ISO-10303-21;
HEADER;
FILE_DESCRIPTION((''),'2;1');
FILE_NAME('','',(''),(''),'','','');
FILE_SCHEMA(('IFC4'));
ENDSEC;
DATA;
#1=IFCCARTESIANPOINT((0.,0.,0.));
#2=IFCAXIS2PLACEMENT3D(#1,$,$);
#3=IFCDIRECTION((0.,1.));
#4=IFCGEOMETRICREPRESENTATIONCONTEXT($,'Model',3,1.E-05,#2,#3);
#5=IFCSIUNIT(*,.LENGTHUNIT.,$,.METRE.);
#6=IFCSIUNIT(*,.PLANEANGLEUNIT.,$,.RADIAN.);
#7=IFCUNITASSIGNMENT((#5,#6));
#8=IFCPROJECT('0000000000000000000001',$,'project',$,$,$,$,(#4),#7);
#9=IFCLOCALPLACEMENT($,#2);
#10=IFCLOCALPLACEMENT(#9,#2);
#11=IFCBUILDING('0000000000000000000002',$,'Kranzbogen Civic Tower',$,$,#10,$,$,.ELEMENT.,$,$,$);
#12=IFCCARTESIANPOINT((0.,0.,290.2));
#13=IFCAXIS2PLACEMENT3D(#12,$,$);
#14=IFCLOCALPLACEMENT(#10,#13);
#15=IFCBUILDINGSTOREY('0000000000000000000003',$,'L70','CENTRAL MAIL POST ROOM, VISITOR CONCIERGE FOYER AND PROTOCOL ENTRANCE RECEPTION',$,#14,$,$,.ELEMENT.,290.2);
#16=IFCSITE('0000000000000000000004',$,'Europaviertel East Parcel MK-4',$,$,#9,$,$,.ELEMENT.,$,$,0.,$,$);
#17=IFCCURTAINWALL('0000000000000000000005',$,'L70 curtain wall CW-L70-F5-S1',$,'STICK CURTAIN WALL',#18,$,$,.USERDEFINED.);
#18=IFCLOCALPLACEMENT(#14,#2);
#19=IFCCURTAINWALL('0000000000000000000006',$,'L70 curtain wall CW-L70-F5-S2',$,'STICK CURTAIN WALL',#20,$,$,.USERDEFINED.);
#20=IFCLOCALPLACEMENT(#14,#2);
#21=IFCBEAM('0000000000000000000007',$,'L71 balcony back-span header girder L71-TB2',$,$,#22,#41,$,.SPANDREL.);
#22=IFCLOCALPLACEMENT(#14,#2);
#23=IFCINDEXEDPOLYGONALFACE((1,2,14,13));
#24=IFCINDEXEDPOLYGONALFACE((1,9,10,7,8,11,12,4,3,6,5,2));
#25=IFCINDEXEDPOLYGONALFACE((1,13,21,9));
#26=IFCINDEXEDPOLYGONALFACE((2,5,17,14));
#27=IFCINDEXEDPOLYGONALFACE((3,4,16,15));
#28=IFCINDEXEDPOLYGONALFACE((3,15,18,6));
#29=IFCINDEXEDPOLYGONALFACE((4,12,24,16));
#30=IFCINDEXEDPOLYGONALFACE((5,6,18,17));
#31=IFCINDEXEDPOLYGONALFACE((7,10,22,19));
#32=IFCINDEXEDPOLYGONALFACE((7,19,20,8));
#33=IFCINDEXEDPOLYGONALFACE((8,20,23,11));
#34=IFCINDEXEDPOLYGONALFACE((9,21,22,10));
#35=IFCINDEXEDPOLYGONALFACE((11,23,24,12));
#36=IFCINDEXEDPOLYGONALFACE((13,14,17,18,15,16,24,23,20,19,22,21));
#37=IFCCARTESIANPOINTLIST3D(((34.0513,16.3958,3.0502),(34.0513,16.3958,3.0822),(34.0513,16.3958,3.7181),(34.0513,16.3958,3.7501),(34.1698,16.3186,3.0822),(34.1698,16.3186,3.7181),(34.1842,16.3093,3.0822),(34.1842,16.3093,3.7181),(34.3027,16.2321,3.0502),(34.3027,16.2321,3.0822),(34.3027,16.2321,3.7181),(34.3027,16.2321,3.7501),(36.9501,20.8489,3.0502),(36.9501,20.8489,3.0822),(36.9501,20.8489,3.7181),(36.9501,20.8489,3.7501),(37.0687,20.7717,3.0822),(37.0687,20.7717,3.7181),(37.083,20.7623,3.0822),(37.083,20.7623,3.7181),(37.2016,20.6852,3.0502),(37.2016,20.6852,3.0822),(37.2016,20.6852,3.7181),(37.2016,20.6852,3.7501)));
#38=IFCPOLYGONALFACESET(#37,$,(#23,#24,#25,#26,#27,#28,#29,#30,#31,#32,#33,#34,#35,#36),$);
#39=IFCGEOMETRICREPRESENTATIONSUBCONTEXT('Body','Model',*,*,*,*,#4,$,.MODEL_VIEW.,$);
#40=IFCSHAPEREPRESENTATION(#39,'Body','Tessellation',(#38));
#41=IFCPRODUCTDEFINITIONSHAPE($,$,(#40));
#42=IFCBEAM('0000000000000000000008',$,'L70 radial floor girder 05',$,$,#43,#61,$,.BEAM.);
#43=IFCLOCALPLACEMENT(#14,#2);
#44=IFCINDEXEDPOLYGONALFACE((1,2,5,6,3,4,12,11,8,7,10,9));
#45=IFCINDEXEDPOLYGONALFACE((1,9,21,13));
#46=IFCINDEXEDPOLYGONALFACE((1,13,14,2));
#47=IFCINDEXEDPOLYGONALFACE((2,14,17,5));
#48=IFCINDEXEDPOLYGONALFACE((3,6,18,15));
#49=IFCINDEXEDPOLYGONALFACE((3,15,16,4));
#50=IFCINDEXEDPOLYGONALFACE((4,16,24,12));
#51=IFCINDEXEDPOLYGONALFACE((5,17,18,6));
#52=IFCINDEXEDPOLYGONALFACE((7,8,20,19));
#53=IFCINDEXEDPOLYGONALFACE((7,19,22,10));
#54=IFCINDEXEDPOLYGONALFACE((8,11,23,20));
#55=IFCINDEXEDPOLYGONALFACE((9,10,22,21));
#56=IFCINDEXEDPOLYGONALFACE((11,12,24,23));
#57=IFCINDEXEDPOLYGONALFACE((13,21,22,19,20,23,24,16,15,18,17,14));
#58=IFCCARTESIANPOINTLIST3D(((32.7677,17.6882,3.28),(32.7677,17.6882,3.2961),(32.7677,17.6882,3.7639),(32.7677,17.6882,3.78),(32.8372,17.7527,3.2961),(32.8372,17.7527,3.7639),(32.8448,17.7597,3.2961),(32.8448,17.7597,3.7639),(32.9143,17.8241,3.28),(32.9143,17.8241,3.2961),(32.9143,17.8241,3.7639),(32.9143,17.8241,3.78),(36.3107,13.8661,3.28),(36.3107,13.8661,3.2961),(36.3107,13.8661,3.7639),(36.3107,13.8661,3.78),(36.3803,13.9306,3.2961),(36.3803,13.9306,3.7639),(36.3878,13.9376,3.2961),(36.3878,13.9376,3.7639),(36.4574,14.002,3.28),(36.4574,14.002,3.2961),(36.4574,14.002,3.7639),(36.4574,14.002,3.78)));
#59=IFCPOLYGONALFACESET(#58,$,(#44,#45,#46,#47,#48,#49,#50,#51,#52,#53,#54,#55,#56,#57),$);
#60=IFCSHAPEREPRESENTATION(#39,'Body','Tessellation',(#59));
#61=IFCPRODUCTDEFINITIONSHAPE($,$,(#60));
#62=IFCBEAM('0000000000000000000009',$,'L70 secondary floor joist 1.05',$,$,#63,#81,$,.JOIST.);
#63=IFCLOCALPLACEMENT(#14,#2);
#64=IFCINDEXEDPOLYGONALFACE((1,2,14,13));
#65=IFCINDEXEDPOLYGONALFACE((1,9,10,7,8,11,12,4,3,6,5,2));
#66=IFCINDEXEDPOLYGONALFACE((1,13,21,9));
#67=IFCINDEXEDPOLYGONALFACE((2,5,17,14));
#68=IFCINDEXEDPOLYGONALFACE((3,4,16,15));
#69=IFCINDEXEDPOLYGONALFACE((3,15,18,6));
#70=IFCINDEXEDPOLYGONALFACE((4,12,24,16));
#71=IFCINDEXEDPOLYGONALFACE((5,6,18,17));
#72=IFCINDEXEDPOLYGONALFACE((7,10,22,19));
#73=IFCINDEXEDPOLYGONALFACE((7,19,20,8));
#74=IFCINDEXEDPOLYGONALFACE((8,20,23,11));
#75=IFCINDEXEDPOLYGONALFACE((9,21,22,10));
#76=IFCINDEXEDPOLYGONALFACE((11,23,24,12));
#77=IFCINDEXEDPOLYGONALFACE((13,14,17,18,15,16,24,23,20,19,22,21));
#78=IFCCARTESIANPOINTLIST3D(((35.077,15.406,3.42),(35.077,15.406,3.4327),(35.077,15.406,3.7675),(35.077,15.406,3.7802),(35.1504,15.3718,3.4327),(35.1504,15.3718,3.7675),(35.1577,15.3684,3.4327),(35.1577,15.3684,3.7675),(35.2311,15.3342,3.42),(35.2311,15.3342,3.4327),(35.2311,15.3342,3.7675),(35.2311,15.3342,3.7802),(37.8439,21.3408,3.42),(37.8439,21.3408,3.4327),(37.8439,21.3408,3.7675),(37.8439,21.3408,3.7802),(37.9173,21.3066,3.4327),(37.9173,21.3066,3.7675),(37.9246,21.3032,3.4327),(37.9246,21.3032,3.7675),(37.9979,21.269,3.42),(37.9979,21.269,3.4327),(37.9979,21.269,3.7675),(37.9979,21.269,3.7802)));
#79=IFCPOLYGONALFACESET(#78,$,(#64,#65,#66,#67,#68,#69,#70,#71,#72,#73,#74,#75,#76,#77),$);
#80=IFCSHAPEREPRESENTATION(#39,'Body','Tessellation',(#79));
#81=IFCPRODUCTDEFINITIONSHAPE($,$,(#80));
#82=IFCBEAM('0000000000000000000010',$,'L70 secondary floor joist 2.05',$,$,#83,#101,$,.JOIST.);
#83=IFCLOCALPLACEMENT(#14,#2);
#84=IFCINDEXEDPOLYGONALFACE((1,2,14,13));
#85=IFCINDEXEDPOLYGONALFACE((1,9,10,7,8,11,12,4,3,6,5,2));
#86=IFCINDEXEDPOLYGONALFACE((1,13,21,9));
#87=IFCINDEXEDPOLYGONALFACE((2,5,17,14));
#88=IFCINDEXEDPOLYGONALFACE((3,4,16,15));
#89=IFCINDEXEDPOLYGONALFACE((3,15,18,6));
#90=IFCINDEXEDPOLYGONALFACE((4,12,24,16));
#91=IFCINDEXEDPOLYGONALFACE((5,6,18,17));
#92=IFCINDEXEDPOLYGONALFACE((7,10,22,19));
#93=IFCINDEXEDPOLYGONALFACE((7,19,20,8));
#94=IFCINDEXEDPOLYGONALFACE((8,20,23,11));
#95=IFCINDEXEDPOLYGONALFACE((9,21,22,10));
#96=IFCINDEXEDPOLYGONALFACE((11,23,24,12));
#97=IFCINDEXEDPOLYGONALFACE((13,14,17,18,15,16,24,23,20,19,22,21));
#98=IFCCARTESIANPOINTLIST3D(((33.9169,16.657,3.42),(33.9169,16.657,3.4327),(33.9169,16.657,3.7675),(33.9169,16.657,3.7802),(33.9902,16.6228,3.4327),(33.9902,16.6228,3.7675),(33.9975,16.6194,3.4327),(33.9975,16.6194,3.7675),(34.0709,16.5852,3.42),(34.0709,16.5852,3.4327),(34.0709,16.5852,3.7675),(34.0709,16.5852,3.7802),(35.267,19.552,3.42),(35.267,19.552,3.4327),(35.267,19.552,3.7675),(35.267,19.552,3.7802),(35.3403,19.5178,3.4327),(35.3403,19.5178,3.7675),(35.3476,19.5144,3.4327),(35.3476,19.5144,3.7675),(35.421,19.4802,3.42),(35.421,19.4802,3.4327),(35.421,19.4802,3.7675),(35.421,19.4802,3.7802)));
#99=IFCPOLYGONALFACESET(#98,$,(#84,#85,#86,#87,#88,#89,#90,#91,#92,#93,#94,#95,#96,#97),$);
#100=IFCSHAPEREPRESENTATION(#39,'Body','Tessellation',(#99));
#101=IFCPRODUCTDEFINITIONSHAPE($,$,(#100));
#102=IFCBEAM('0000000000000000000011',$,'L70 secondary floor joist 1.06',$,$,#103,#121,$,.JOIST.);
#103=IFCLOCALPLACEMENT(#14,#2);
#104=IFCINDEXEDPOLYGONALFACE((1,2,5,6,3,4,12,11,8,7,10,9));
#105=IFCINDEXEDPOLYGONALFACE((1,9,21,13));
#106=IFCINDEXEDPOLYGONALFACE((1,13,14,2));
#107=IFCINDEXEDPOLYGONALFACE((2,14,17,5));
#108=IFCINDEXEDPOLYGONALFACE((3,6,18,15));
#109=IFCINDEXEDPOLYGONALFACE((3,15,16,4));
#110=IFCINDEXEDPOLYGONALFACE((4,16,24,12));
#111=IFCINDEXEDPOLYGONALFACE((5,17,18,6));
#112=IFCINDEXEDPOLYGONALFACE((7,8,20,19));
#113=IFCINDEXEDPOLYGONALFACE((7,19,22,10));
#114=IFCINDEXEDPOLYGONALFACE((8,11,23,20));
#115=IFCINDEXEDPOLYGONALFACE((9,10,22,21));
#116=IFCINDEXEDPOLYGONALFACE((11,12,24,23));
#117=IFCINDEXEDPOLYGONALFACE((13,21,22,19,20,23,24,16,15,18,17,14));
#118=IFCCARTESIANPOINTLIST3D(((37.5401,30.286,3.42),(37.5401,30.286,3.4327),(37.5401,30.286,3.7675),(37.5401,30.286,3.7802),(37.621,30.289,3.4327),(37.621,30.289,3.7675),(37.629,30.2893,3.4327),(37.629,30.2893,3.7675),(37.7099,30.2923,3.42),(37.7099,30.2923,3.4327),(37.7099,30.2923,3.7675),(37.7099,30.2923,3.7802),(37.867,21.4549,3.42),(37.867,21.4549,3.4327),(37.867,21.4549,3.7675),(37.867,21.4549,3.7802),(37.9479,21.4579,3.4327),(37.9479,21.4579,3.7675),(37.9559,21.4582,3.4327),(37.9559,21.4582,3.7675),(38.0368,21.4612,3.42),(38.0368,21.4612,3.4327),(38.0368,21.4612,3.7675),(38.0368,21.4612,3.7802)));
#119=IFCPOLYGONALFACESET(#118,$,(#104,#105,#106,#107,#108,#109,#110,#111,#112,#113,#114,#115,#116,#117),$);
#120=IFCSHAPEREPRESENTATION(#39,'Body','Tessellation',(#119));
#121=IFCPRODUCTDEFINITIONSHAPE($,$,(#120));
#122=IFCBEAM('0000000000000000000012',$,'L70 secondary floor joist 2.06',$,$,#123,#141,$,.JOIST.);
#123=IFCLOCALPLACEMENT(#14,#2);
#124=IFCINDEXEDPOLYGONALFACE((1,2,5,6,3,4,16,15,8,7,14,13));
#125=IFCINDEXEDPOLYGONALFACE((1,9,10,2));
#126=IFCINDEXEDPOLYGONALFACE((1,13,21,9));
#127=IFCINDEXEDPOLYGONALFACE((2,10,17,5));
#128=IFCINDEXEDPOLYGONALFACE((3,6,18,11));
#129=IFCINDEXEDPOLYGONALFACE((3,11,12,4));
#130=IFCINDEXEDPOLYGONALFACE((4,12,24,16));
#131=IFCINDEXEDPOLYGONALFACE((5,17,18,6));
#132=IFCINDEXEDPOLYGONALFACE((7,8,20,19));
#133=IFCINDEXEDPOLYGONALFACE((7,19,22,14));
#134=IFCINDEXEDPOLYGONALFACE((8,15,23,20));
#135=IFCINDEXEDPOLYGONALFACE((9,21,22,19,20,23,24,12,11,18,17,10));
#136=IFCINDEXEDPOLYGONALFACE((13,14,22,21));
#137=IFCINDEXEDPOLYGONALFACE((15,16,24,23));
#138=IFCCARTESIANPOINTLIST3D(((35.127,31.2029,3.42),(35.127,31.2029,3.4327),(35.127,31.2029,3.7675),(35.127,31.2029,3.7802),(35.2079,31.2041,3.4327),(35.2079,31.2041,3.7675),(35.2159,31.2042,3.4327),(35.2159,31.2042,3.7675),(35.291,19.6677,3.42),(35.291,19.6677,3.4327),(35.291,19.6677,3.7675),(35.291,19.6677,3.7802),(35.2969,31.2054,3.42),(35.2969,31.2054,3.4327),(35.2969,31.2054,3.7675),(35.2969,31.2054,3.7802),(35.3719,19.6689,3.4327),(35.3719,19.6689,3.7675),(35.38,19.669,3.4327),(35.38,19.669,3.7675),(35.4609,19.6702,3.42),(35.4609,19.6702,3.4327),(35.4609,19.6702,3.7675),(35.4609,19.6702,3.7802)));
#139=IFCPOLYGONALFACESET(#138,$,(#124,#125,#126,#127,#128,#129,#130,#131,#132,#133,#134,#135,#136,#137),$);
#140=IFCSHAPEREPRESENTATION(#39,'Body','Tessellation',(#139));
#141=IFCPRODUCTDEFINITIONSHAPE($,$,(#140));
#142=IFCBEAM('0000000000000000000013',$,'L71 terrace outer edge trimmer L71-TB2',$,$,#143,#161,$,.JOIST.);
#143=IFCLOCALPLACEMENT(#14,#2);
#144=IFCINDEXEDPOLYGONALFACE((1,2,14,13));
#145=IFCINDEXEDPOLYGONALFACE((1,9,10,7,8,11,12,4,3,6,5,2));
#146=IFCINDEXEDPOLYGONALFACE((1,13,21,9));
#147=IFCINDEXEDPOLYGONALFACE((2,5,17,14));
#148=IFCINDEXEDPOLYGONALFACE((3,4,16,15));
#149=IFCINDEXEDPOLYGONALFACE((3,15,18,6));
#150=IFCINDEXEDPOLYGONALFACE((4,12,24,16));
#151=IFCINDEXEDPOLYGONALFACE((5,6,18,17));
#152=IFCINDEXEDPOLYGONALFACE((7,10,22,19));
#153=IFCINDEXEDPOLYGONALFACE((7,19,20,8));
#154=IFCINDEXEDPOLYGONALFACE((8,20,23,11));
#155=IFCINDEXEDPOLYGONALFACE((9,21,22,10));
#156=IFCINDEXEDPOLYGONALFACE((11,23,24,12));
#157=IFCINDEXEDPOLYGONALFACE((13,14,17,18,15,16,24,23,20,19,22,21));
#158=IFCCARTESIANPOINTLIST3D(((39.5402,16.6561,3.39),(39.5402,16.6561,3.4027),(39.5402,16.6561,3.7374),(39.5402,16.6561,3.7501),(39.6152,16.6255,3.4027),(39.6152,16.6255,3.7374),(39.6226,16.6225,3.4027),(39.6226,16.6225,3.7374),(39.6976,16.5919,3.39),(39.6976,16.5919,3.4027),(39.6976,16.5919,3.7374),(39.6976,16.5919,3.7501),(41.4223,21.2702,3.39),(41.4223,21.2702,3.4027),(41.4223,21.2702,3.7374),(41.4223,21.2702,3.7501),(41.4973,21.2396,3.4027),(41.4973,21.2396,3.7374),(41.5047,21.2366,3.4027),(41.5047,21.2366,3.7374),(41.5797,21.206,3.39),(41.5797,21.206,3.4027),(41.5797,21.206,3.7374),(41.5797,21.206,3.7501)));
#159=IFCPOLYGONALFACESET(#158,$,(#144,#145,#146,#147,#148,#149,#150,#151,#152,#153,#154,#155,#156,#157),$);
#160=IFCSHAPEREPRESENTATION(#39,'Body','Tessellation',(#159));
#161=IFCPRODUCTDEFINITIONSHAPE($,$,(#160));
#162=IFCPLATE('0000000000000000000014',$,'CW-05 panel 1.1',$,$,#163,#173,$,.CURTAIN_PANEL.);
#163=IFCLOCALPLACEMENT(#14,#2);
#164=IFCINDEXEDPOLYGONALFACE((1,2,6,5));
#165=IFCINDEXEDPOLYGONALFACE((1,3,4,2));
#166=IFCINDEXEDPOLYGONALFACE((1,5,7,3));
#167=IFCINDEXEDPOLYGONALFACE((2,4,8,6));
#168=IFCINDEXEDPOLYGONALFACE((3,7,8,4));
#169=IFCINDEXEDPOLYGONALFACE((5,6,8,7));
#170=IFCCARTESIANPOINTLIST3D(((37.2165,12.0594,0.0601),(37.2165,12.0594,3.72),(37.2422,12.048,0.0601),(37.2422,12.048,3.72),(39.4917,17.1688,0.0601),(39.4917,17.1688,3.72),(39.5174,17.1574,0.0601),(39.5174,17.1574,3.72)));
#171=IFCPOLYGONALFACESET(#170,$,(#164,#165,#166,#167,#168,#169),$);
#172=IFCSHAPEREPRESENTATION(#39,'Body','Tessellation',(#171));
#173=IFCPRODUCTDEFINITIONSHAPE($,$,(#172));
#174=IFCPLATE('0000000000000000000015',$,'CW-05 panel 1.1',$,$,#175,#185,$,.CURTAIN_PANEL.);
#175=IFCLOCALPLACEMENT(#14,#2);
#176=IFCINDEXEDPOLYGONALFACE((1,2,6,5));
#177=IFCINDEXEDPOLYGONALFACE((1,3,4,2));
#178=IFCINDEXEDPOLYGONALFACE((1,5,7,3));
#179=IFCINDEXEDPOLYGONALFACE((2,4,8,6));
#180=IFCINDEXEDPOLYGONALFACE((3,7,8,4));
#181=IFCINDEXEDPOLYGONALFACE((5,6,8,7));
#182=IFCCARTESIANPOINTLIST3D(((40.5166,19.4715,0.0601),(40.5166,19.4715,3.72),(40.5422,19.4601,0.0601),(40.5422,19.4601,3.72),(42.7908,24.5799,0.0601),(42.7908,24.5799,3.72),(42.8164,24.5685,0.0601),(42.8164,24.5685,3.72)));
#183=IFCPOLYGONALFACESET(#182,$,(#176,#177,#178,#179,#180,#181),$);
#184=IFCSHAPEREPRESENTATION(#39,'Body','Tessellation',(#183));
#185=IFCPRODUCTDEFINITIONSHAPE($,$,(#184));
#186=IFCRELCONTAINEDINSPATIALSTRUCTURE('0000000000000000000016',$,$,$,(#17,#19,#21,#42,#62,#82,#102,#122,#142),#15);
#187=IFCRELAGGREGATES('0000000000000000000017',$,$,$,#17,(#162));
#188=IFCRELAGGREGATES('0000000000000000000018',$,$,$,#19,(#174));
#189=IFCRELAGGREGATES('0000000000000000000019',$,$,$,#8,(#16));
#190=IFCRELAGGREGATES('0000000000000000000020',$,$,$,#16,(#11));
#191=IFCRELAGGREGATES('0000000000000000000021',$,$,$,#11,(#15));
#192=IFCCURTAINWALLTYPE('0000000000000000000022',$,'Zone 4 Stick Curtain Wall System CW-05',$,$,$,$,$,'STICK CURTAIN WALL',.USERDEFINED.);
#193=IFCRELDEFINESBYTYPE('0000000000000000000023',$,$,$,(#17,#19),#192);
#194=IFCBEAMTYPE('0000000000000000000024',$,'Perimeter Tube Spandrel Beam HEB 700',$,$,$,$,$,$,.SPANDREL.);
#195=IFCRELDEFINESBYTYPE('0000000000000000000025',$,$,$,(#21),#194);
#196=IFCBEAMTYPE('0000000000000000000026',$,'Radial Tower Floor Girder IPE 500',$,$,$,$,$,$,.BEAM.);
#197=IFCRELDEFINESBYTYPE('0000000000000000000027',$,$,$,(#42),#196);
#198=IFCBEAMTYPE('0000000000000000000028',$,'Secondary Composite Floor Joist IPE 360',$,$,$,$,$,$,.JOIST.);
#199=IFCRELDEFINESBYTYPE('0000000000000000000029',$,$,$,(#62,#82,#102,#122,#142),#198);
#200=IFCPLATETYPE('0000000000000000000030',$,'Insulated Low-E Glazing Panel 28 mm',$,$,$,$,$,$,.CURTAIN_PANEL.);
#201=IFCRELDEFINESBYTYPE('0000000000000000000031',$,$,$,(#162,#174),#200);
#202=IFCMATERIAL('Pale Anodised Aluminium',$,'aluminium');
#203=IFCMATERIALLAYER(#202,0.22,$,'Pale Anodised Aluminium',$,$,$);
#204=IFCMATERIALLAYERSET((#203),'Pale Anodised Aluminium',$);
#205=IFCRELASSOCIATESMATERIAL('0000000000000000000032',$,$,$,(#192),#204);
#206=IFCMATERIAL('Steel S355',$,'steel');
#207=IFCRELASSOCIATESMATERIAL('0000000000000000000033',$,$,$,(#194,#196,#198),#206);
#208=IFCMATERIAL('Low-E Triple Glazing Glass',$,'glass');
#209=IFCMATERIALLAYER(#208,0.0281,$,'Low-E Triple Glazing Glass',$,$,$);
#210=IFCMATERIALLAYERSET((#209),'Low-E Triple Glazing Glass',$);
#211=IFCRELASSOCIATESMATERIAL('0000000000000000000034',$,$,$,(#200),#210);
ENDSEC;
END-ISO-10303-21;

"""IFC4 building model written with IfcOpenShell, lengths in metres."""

from ifc_helpers import new_model, si_unit, direction, frame, origin, origin_2d, place, context, subcontext, project, spatial, rectangle, i_section, extrude, material, layer, layer_set, material_profile, profile_set, type_object, element, aggregate, save


model = new_model("IFC4")

# Units and contexts
model_context = context("Model", 3, precision=1e-05, world=origin(), true_north=direction((0.0, 1.0)))
body_context = subcontext(model_context, "Body", "Model", "MODEL_VIEW")
ifc_project = project(units=[si_unit("LENGTHUNIT", "METRE"), si_unit("PLANEANGLEUNIT", "RADIAN")], contexts=[model_context])

# Site, building, storey
site_placement = place(None, origin())
site = spatial("IfcSite", under=ifc_project, at=site_placement, Name="Europaviertel East Parcel MK-4", CompositionType="ELEMENT", RefElevation=0.0)
building_placement = place(site_placement, origin())
building = spatial("IfcBuilding", under=site, at=building_placement, Name="Kranzbogen Civic Tower", CompositionType="ELEMENT")
storey_placement = place(building_placement, frame((0.0, 0.0, 290.2)))
storey = spatial("IfcBuildingStorey", under=building, at=storey_placement, Name="L70", Description="CENTRAL MAIL POST ROOM, VISITOR CONCIERGE FOYER AND PROTOCOL ENTRANCE RECEPTION", CompositionType="ELEMENT", Elevation=290.2)

# Shared definitions
ifc_material_1 = material(Name="Steel S355", Category="steel")

# Curtain wall
ifc_material_2 = material(Name="Pale Anodised Aluminium", Category="aluminium")
ifc_layer_1 = layer(ifc_material_2, 0.22, Name="Pale Anodised Aluminium")
ifc_layer_set_1 = layer_set([ifc_layer_1], Name="Pale Anodised Aluminium")
curtain_wall_type = type_object("IfcCurtainWallType", Name="Zone 4 Stick Curtain Wall System CW-05", ElementType="STICK CURTAIN WALL", PredefinedType="USERDEFINED", material=ifc_layer_set_1)
curtain_wall_1_placement = place(storey_placement, origin())
curtain_wall_1 = element("IfcCurtainWall", 1, at=curtain_wall_1_placement, inside=storey, type_object=curtain_wall_type, Name="L70 curtain wall CW-L70-F5-S1", ObjectType="STICK CURTAIN WALL", PredefinedType="USERDEFINED")

# Curtain wall
curtain_wall_2_placement = place(storey_placement, origin())
curtain_wall_2 = element("IfcCurtainWall", 2, at=curtain_wall_2_placement, inside=storey, type_object=curtain_wall_type, Name="L70 curtain wall CW-L70-F5-S2", ObjectType="STICK CURTAIN WALL", PredefinedType="USERDEFINED")

# Beams
ifc_material_profile_1 = material_profile(ifc_material_1, i_section(OverallWidth=0.3, OverallDepth=0.7, WebThickness=0.0171, FlangeThickness=0.032, at=origin_2d()), Name="HEB 700")
ifc_profile_set_1 = profile_set([ifc_material_profile_1], Name="Steel S355")
beam_type_1 = type_object("IfcBeamType", Name="Perimeter Tube Spandrel Beam HEB 700", PredefinedType="SPANDREL", material=ifc_profile_set_1)
beam_1_placement = place(storey_placement, frame((34.177, 16.314, 3.4001), z_axis=(0.54557, 0.838066, 0.0), x_axis=(-0.838066, 0.54557, 0.0)))
element("IfcBeam", 3, at=beam_1_placement, inside=storey, type_object=beam_type_1, Name="L71 balcony back-span header girder L71-TB2", PredefinedType="SPANDREL", context=body_context, shape_type="SweptSolid", body=[
    extrude(i_section(OverallWidth=0.3, OverallDepth=0.7, WebThickness=0.0171, FlangeThickness=0.032, at=origin_2d()), origin(), (0.0, 0.0, 1.0), 5.3135),
])
ifc_material_profile_2 = material_profile(ifc_material_1, i_section(OverallWidth=0.2, OverallDepth=0.5, WebThickness=0.0103, FlangeThickness=0.0161, at=origin_2d()), Name="IPE 500")
ifc_profile_set_2 = profile_set([ifc_material_profile_2], Name="Steel S355")
beam_type_2 = type_object("IfcBeamType", Name="Radial Tower Floor Girder IPE 500", PredefinedType="BEAM", material=ifc_profile_set_2)
beam_2_placement = place(storey_placement, frame((36.384, 13.9341, 3.53), z_axis=(-0.679827, 0.733372, 0.0), x_axis=(-0.733372, -0.679827, 0.0)))
element("IfcBeam", 4, at=beam_2_placement, inside=storey, type_object=beam_type_2, Name="L70 radial floor girder 05", PredefinedType="BEAM", context=body_context, shape_type="SweptSolid", body=[
    extrude(i_section(OverallWidth=0.2, OverallDepth=0.5, WebThickness=0.0103, FlangeThickness=0.0161, at=origin_2d()), origin(), (0.0, 0.0, 1.0), 5.2117),
])
ifc_material_profile_3 = material_profile(ifc_material_1, i_section(OverallWidth=0.1699, OverallDepth=0.3601, WebThickness=0.0081, FlangeThickness=0.0127, at=origin_2d()), Name="IPE 360")
ifc_profile_set_3 = profile_set([ifc_material_profile_3], Name="Steel S355")
beam_type_3 = type_object("IfcBeamType", Name="Secondary Composite Floor Joist IPE 360", PredefinedType="JOIST", material=ifc_profile_set_3)
beam_3_placement = place(storey_placement, frame((35.1541, 15.3701, 3.6001), z_axis=(0.422543, 0.906343, 0.0), x_axis=(-0.906343, 0.422543, 0.0)))
element("IfcBeam", 5, at=beam_3_placement, inside=storey, type_object=beam_type_3, Name="L70 secondary floor joist 1.05", PredefinedType="JOIST", context=body_context, shape_type="SweptSolid", body=[
    extrude(i_section(OverallWidth=0.1699, OverallDepth=0.3601, WebThickness=0.0081, FlangeThickness=0.0127, at=origin_2d()), origin(), (0.0, 0.0, 1.0), 6.5481),
])
beam_4_placement = place(storey_placement, frame((33.9939, 16.6211, 3.6001), z_axis=(0.422651, 0.906292, 0.0), x_axis=(-0.906292, 0.422651, 0.0)))
element("IfcBeam", 6, at=beam_4_placement, inside=storey, type_object=beam_type_3, Name="L70 secondary floor joist 2.05", PredefinedType="JOIST", context=body_context, shape_type="SweptSolid", body=[
    extrude(i_section(OverallWidth=0.1699, OverallDepth=0.3601, WebThickness=0.0081, FlangeThickness=0.0127, at=origin_2d()), origin(), (0.0, 0.0, 1.0), 3.1943),
])
beam_5_placement = place(storey_placement, frame((37.9519, 21.458, 3.6001), z_axis=(-0.036992, 0.999316, 0.0), x_axis=(-0.999316, -0.036992, 0.0)))
element("IfcBeam", 7, at=beam_5_placement, inside=storey, type_object=beam_type_3, Name="L70 secondary floor joist 1.06", PredefinedType="JOIST", context=body_context, shape_type="SweptSolid", body=[
    extrude(i_section(OverallWidth=0.1699, OverallDepth=0.3601, WebThickness=0.0081, FlangeThickness=0.0127, at=origin_2d()), origin(), (0.0, 0.0, 1.0), 8.8372),
])
beam_6_placement = place(storey_placement, frame((35.376, 19.6689, 3.6001), z_axis=(-0.014221, 0.999899, 0.0), x_axis=(-0.999899, -0.014221, 0.0)))
element("IfcBeam", 8, at=beam_6_placement, inside=storey, type_object=beam_type_3, Name="L70 secondary floor joist 2.06", PredefinedType="JOIST", context=body_context, shape_type="SweptSolid", body=[
    extrude(i_section(OverallWidth=0.1699, OverallDepth=0.3601, WebThickness=0.0081, FlangeThickness=0.0127, at=origin_2d()), origin(), (0.0, 0.0, 1.0), 11.5364),
])
beam_7_placement = place(storey_placement, frame((39.6189, 16.624, 3.5701), z_axis=(0.377692, 0.925931, 0.0), x_axis=(-0.925931, 0.377692, 0.0)))
element("IfcBeam", 9, at=beam_7_placement, inside=storey, type_object=beam_type_3, Name="L71 terrace outer edge trimmer L71-TB2", PredefinedType="JOIST", context=body_context, shape_type="SweptSolid", body=[
    extrude(i_section(OverallWidth=0.1699, OverallDepth=0.3601, WebThickness=0.0081, FlangeThickness=0.0127, at=origin_2d()), origin(), (0.0, 0.0, 1.0), 4.9832),
])

# Plates
ifc_material_3 = material(Name="Low-E Triple Glazing Glass", Category="glass")
ifc_layer_2 = layer(ifc_material_3, 0.0281, Name="Low-E Triple Glazing Glass")
ifc_layer_set_2 = layer_set([ifc_layer_2], Name="Low-E Triple Glazing Glass")
plate_type = type_object("IfcPlateType", Name="Insulated Low-E Glazing Panel 28 mm", PredefinedType="CURTAIN_PANEL", material=ifc_layer_set_2)
plate_1_placement = place(storey_placement, frame((38.3669, 14.6084, 0.0601), z_axis=(0.0, 0.0, 1.0), x_axis=(0.406788, 0.913523, 0.0)))
plate_1 = element("IfcPlate", 10, at=plate_1_placement, type_object=plate_type, Name="CW-05 panel 1.1", PredefinedType="CURTAIN_PANEL", context=body_context, shape_type="SweptSolid", body=[
    extrude(rectangle(XDim=5.593, YDim=0.0281, at=origin_2d()), origin(), (0.0, 0.0, 1.0), 3.6599),
])
aggregate(curtain_wall_1, [plate_1])
plate_2_placement = place(storey_placement, frame((41.6665, 22.02, 0.0601), z_axis=(0.0, 0.0, 1.0), x_axis=(0.406707, 0.913559, 0.0)))
plate_2 = element("IfcPlate", 11, at=plate_2_placement, type_object=plate_type, Name="CW-05 panel 1.1", PredefinedType="CURTAIN_PANEL", context=body_context, shape_type="SweptSolid", body=[
    extrude(rectangle(XDim=5.5918, YDim=0.0281, at=origin_2d()), origin(), (0.0, 0.0, 1.0), 3.6599),
])
aggregate(curtain_wall_2, [plate_2])

save(model, "model.ifc")
